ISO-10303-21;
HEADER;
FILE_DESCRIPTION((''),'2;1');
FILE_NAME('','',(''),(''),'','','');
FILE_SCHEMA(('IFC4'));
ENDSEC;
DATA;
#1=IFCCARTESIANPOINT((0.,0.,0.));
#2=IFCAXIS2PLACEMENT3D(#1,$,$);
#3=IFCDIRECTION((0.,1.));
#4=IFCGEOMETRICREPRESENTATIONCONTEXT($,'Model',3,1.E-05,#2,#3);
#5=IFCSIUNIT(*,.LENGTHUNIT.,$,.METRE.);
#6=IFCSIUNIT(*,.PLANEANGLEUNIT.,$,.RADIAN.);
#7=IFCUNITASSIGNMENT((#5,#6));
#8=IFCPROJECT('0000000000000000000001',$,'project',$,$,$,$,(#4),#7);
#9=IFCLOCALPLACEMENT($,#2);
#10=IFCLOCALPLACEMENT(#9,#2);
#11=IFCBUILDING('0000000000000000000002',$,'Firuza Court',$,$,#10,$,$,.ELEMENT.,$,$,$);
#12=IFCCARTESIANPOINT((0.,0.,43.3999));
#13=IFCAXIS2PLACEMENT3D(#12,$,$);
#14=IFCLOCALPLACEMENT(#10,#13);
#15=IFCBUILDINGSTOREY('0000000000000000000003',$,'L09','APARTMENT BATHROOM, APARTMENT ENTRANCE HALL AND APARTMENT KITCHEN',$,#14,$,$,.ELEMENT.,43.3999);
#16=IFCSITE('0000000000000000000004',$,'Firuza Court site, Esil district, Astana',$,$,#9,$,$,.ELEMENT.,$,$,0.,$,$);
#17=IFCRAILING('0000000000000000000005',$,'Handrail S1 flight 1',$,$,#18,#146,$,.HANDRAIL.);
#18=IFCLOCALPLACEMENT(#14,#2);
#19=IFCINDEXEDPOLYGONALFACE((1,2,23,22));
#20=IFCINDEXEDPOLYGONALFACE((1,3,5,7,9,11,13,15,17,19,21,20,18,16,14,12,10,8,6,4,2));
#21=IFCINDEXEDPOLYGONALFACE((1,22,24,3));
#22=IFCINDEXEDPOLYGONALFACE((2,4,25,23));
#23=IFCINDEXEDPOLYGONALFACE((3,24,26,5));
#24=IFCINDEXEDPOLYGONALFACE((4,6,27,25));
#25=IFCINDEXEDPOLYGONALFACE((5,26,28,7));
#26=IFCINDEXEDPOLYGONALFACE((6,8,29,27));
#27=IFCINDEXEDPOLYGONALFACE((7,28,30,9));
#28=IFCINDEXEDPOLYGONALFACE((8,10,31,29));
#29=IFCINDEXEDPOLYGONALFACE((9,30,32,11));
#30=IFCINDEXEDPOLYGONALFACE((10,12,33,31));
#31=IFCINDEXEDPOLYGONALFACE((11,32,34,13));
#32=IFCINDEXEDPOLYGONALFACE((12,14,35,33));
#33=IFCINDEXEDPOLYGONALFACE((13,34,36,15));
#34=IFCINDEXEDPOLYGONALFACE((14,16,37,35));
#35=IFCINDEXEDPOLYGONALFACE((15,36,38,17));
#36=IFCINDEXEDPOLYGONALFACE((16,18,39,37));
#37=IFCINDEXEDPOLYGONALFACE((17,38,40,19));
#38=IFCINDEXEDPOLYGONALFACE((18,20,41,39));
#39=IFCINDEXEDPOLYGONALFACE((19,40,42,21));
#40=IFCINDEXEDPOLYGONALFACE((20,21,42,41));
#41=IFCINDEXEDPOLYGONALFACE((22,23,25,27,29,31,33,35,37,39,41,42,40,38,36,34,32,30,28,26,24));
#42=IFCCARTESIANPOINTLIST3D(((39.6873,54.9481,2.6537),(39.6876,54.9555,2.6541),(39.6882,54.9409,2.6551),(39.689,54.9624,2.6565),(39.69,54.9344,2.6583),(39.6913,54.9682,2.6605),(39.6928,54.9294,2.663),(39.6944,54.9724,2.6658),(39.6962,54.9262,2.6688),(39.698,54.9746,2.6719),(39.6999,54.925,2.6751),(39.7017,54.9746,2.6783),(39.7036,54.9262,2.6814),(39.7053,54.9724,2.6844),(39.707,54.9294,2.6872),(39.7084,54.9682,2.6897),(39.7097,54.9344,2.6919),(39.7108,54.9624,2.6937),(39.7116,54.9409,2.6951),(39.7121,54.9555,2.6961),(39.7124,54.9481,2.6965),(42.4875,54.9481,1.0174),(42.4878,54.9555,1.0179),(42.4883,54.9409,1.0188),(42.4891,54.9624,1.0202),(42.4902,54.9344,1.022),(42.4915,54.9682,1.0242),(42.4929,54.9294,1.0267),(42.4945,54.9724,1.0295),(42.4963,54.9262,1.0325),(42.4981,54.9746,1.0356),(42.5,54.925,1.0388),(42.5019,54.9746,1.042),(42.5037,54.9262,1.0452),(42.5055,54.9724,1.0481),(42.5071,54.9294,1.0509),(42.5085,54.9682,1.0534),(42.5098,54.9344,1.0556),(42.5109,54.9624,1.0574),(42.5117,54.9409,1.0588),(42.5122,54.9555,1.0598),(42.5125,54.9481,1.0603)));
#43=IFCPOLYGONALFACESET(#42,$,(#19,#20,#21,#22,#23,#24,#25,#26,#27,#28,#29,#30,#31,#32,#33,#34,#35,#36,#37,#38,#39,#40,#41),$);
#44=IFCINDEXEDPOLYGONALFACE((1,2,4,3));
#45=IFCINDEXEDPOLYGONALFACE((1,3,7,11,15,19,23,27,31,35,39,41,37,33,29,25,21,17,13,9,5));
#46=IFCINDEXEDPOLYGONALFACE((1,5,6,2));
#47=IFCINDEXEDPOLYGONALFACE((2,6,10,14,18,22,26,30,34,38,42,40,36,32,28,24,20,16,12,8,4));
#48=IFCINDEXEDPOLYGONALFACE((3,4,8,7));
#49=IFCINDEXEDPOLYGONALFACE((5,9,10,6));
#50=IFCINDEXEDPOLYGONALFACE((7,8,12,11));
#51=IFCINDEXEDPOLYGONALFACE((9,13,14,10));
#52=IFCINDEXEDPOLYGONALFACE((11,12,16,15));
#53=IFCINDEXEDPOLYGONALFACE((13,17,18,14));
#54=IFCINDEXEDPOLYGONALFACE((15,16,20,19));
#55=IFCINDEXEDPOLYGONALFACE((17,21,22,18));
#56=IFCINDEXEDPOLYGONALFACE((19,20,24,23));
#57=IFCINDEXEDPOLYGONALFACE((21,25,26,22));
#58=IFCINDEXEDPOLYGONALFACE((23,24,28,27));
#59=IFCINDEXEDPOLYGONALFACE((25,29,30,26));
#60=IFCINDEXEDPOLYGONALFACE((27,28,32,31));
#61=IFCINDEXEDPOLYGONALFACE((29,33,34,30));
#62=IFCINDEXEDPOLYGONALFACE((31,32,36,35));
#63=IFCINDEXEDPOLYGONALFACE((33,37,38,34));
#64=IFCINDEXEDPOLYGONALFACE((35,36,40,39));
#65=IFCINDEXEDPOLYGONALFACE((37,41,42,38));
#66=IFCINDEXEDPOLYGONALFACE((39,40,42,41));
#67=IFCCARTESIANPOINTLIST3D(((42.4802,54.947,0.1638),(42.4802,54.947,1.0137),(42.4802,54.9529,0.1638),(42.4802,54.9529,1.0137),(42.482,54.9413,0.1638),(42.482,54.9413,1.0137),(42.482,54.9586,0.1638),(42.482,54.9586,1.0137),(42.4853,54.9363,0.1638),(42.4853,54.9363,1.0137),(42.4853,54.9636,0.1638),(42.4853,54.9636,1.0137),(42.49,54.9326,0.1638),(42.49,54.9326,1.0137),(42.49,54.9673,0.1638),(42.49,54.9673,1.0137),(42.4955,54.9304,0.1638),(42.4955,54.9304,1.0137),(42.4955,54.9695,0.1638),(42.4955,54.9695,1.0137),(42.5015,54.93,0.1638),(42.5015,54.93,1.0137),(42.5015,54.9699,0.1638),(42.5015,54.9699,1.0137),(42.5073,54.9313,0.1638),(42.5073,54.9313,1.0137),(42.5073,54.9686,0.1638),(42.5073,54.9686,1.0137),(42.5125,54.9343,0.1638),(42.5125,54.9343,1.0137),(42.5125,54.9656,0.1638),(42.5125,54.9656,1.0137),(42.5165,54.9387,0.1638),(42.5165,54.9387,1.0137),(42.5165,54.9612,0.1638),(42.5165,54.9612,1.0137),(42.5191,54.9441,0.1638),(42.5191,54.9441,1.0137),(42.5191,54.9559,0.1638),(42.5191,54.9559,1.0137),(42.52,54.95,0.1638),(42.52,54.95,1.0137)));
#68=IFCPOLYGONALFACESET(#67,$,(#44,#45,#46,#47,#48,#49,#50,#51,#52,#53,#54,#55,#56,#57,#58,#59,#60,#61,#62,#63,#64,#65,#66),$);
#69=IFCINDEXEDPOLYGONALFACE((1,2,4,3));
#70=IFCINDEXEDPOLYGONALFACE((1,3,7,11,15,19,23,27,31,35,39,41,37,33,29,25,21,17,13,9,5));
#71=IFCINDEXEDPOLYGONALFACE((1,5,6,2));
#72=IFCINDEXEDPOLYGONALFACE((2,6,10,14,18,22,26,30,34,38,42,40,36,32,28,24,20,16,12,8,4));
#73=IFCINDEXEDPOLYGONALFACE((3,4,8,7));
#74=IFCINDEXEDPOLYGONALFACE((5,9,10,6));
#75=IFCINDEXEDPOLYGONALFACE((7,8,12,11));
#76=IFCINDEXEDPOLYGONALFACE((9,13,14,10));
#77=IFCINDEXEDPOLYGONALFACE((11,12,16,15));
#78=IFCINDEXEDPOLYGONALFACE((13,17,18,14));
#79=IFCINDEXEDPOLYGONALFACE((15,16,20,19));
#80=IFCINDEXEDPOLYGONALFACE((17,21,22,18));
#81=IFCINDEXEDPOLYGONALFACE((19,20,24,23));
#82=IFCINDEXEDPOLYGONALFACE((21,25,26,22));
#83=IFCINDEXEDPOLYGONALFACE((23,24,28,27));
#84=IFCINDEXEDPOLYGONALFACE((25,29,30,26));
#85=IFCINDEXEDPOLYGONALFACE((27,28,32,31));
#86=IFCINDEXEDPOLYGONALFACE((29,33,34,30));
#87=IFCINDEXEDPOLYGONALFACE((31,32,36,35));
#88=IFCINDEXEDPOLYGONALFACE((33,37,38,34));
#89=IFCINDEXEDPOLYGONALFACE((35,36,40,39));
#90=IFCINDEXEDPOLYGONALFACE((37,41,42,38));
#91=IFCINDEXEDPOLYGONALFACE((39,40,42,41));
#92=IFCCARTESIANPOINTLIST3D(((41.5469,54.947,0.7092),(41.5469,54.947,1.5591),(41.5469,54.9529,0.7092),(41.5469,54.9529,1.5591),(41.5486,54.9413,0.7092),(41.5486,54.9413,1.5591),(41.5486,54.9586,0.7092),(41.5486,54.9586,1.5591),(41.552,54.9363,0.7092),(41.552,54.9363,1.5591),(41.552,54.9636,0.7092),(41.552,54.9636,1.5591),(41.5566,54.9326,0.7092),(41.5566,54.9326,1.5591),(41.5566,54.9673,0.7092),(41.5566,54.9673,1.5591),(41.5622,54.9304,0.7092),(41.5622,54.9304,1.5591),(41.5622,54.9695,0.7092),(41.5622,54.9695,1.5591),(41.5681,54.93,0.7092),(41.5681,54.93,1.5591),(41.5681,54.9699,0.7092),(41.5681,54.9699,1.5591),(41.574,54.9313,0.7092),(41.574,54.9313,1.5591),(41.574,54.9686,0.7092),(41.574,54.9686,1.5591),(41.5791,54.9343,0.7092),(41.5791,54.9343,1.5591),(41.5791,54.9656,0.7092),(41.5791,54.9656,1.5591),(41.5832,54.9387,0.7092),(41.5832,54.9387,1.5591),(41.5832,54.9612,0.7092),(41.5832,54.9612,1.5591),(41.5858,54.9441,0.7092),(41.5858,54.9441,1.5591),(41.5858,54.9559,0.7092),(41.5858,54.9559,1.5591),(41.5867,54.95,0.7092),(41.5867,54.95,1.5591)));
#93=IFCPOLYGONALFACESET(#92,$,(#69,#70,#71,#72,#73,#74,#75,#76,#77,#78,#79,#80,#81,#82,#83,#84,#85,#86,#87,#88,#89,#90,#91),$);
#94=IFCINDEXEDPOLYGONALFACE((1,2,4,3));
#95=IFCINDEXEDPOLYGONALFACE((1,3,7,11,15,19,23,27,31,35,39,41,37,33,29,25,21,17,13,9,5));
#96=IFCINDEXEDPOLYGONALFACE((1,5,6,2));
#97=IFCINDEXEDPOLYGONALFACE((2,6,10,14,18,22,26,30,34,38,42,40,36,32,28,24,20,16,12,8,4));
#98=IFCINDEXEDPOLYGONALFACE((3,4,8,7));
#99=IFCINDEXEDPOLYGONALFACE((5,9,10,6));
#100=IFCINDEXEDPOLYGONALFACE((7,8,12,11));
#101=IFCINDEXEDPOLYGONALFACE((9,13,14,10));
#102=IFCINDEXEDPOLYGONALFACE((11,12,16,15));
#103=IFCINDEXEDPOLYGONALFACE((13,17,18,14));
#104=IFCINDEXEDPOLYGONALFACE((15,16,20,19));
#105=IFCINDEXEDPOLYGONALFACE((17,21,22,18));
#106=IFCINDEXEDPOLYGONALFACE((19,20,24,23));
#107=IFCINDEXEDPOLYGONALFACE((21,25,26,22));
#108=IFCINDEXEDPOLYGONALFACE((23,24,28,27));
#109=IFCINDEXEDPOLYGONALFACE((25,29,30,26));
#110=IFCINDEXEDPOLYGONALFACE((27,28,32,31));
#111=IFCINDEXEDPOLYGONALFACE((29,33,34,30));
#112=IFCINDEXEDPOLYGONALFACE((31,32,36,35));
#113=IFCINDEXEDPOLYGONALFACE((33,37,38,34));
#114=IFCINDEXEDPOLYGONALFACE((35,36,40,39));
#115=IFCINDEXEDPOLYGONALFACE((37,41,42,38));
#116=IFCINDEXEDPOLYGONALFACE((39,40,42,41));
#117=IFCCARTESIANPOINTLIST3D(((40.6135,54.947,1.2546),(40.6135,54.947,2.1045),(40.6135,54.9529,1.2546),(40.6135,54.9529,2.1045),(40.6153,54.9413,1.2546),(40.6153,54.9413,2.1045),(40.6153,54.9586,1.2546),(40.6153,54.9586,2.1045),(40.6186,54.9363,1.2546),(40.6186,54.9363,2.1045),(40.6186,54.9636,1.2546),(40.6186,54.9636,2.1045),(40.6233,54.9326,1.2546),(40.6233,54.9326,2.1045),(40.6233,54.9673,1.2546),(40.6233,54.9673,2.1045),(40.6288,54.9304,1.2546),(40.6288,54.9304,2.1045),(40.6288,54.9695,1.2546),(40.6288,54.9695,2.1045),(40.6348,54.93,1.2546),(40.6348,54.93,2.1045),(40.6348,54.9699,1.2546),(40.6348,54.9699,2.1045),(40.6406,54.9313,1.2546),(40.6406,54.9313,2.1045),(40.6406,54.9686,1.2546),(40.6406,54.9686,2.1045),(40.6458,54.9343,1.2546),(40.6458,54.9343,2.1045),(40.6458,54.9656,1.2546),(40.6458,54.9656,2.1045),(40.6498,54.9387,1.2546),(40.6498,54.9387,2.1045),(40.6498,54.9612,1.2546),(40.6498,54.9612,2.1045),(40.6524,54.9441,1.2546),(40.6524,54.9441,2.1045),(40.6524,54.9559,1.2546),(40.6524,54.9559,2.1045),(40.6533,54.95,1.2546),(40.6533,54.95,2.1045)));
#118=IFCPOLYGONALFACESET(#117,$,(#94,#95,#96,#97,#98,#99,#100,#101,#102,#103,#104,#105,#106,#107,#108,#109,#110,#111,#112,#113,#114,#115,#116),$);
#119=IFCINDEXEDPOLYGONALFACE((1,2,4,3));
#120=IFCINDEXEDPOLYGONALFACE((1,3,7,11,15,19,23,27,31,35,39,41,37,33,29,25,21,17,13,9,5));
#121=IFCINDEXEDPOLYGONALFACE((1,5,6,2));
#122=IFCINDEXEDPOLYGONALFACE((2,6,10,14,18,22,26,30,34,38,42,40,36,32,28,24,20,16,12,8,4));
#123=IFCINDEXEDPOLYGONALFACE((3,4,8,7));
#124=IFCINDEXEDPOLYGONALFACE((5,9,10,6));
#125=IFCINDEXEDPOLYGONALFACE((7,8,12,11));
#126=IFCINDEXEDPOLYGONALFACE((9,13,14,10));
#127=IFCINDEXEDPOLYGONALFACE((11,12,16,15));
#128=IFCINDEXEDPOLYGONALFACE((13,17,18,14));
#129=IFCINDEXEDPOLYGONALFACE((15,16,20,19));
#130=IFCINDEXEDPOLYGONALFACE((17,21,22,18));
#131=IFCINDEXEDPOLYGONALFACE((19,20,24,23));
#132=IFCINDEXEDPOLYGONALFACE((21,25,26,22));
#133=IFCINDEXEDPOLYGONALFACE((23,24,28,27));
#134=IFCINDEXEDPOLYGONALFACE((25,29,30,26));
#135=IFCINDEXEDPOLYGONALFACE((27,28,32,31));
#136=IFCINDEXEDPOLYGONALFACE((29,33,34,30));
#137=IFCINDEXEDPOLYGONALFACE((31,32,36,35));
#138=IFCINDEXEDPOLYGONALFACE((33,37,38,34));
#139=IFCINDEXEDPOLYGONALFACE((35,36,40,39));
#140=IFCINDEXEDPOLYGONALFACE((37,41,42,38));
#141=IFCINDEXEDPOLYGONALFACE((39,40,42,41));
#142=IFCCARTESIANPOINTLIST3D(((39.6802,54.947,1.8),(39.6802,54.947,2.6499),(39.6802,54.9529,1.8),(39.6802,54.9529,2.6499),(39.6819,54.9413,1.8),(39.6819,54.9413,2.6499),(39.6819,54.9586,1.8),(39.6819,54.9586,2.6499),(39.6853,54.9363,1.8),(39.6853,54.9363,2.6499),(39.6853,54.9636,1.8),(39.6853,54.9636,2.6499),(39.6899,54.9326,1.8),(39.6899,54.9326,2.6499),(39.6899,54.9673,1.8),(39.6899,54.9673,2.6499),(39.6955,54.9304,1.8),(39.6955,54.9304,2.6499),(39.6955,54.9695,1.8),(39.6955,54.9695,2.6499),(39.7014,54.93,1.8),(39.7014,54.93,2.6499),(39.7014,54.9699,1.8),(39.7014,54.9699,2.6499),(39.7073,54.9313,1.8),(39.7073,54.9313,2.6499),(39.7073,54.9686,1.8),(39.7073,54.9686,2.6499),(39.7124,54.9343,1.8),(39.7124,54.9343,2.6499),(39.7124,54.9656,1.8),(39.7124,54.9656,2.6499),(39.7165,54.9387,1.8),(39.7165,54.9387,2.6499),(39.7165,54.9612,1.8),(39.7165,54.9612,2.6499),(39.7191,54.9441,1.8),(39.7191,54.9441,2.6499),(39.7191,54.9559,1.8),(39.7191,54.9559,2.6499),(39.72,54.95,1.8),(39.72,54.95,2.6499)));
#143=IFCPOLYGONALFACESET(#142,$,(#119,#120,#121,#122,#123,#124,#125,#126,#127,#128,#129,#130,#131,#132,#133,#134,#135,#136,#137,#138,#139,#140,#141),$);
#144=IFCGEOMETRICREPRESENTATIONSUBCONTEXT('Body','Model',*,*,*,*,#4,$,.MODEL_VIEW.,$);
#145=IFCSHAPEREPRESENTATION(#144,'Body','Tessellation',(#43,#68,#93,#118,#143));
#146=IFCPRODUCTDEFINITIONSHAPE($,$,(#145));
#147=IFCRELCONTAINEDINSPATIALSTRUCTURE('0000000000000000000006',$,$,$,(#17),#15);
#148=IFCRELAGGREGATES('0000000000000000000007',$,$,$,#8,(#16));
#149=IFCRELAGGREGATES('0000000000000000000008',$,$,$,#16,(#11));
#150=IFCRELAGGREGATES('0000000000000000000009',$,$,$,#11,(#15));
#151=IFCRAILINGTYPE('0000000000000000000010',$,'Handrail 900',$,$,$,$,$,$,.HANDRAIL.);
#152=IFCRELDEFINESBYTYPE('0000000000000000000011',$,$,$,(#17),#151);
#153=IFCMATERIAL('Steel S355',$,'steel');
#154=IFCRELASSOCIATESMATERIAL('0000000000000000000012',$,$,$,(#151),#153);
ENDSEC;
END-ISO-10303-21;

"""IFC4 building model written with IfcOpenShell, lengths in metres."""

from ifc_helpers import new_model, si_unit, direction, frame, origin, origin_2d, place, context, subcontext, project, spatial, circle, extrude, material, type_object, element, save


model = new_model("IFC4")

# Units and contexts
model_context = context("Model", 3, precision=1e-05, world=origin(), true_north=direction((0.0, 1.0)))
body_context = subcontext(model_context, "Body", "Model", "MODEL_VIEW")
ifc_project = project(units=[si_unit("LENGTHUNIT", "METRE"), si_unit("PLANEANGLEUNIT", "RADIAN")], contexts=[model_context])

# Site, building, storey
site_placement = place(None, origin())
site = spatial("IfcSite", under=ifc_project, at=site_placement, Name="Firuza Court site, Esil district, Astana", CompositionType="ELEMENT", RefElevation=0.0)
building_placement = place(site_placement, origin())
building = spatial("IfcBuilding", under=site, at=building_placement, Name="Firuza Court", CompositionType="ELEMENT")
storey_placement = place(building_placement, frame((0.0, 0.0, 43.3999)))
storey = spatial("IfcBuildingStorey", under=building, at=storey_placement, Name="L09", Description="APARTMENT BATHROOM, APARTMENT ENTRANCE HALL AND APARTMENT KITCHEN", CompositionType="ELEMENT", Elevation=43.3999)

# Railing
ifc_material_1 = material(Name="Steel S355", Category="steel")
railing_type_1 = type_object("IfcRailingType", Name="Handrail 900", PredefinedType="HANDRAIL", material=ifc_material_1)
railing_1_placement = place(storey_placement, frame((42.5, 54.95, 0.1638)))
element("IfcRailing", 1, at=railing_1_placement, inside=storey, type_object=railing_type_1, Name="Handrail S1 flight 1", PredefinedType="HANDRAIL", context=body_context, shape_type="SweptSolid", body=[
    extrude(circle(Radius=0.0249, at=origin_2d()), frame((0.0, 0.0, 0.875), z_axis=(-0.863394, 0.0, 0.504531), x_axis=(0.0, -1.0, 0.0)), (0.0, 0.0, 1.0), 3.2432),
    extrude(circle(Radius=0.02, at=origin_2d()), origin(), (0.0, 0.0, 1.0), 0.8499),
    extrude(circle(Radius=0.02, at=origin_2d()), frame((-0.9333, 0.0, 0.5454)), (0.0, 0.0, 1.0), 0.8499),
    extrude(circle(Radius=0.02, at=origin_2d()), frame((-1.8667, 0.0, 1.0908)), (0.0, 0.0, 1.0), 0.8499),
    extrude(circle(Radius=0.02, at=origin_2d()), frame((-2.8, 0.0, 1.6362)), (0.0, 0.0, 1.0), 0.8499),
])

save(model, "model.ifc")
